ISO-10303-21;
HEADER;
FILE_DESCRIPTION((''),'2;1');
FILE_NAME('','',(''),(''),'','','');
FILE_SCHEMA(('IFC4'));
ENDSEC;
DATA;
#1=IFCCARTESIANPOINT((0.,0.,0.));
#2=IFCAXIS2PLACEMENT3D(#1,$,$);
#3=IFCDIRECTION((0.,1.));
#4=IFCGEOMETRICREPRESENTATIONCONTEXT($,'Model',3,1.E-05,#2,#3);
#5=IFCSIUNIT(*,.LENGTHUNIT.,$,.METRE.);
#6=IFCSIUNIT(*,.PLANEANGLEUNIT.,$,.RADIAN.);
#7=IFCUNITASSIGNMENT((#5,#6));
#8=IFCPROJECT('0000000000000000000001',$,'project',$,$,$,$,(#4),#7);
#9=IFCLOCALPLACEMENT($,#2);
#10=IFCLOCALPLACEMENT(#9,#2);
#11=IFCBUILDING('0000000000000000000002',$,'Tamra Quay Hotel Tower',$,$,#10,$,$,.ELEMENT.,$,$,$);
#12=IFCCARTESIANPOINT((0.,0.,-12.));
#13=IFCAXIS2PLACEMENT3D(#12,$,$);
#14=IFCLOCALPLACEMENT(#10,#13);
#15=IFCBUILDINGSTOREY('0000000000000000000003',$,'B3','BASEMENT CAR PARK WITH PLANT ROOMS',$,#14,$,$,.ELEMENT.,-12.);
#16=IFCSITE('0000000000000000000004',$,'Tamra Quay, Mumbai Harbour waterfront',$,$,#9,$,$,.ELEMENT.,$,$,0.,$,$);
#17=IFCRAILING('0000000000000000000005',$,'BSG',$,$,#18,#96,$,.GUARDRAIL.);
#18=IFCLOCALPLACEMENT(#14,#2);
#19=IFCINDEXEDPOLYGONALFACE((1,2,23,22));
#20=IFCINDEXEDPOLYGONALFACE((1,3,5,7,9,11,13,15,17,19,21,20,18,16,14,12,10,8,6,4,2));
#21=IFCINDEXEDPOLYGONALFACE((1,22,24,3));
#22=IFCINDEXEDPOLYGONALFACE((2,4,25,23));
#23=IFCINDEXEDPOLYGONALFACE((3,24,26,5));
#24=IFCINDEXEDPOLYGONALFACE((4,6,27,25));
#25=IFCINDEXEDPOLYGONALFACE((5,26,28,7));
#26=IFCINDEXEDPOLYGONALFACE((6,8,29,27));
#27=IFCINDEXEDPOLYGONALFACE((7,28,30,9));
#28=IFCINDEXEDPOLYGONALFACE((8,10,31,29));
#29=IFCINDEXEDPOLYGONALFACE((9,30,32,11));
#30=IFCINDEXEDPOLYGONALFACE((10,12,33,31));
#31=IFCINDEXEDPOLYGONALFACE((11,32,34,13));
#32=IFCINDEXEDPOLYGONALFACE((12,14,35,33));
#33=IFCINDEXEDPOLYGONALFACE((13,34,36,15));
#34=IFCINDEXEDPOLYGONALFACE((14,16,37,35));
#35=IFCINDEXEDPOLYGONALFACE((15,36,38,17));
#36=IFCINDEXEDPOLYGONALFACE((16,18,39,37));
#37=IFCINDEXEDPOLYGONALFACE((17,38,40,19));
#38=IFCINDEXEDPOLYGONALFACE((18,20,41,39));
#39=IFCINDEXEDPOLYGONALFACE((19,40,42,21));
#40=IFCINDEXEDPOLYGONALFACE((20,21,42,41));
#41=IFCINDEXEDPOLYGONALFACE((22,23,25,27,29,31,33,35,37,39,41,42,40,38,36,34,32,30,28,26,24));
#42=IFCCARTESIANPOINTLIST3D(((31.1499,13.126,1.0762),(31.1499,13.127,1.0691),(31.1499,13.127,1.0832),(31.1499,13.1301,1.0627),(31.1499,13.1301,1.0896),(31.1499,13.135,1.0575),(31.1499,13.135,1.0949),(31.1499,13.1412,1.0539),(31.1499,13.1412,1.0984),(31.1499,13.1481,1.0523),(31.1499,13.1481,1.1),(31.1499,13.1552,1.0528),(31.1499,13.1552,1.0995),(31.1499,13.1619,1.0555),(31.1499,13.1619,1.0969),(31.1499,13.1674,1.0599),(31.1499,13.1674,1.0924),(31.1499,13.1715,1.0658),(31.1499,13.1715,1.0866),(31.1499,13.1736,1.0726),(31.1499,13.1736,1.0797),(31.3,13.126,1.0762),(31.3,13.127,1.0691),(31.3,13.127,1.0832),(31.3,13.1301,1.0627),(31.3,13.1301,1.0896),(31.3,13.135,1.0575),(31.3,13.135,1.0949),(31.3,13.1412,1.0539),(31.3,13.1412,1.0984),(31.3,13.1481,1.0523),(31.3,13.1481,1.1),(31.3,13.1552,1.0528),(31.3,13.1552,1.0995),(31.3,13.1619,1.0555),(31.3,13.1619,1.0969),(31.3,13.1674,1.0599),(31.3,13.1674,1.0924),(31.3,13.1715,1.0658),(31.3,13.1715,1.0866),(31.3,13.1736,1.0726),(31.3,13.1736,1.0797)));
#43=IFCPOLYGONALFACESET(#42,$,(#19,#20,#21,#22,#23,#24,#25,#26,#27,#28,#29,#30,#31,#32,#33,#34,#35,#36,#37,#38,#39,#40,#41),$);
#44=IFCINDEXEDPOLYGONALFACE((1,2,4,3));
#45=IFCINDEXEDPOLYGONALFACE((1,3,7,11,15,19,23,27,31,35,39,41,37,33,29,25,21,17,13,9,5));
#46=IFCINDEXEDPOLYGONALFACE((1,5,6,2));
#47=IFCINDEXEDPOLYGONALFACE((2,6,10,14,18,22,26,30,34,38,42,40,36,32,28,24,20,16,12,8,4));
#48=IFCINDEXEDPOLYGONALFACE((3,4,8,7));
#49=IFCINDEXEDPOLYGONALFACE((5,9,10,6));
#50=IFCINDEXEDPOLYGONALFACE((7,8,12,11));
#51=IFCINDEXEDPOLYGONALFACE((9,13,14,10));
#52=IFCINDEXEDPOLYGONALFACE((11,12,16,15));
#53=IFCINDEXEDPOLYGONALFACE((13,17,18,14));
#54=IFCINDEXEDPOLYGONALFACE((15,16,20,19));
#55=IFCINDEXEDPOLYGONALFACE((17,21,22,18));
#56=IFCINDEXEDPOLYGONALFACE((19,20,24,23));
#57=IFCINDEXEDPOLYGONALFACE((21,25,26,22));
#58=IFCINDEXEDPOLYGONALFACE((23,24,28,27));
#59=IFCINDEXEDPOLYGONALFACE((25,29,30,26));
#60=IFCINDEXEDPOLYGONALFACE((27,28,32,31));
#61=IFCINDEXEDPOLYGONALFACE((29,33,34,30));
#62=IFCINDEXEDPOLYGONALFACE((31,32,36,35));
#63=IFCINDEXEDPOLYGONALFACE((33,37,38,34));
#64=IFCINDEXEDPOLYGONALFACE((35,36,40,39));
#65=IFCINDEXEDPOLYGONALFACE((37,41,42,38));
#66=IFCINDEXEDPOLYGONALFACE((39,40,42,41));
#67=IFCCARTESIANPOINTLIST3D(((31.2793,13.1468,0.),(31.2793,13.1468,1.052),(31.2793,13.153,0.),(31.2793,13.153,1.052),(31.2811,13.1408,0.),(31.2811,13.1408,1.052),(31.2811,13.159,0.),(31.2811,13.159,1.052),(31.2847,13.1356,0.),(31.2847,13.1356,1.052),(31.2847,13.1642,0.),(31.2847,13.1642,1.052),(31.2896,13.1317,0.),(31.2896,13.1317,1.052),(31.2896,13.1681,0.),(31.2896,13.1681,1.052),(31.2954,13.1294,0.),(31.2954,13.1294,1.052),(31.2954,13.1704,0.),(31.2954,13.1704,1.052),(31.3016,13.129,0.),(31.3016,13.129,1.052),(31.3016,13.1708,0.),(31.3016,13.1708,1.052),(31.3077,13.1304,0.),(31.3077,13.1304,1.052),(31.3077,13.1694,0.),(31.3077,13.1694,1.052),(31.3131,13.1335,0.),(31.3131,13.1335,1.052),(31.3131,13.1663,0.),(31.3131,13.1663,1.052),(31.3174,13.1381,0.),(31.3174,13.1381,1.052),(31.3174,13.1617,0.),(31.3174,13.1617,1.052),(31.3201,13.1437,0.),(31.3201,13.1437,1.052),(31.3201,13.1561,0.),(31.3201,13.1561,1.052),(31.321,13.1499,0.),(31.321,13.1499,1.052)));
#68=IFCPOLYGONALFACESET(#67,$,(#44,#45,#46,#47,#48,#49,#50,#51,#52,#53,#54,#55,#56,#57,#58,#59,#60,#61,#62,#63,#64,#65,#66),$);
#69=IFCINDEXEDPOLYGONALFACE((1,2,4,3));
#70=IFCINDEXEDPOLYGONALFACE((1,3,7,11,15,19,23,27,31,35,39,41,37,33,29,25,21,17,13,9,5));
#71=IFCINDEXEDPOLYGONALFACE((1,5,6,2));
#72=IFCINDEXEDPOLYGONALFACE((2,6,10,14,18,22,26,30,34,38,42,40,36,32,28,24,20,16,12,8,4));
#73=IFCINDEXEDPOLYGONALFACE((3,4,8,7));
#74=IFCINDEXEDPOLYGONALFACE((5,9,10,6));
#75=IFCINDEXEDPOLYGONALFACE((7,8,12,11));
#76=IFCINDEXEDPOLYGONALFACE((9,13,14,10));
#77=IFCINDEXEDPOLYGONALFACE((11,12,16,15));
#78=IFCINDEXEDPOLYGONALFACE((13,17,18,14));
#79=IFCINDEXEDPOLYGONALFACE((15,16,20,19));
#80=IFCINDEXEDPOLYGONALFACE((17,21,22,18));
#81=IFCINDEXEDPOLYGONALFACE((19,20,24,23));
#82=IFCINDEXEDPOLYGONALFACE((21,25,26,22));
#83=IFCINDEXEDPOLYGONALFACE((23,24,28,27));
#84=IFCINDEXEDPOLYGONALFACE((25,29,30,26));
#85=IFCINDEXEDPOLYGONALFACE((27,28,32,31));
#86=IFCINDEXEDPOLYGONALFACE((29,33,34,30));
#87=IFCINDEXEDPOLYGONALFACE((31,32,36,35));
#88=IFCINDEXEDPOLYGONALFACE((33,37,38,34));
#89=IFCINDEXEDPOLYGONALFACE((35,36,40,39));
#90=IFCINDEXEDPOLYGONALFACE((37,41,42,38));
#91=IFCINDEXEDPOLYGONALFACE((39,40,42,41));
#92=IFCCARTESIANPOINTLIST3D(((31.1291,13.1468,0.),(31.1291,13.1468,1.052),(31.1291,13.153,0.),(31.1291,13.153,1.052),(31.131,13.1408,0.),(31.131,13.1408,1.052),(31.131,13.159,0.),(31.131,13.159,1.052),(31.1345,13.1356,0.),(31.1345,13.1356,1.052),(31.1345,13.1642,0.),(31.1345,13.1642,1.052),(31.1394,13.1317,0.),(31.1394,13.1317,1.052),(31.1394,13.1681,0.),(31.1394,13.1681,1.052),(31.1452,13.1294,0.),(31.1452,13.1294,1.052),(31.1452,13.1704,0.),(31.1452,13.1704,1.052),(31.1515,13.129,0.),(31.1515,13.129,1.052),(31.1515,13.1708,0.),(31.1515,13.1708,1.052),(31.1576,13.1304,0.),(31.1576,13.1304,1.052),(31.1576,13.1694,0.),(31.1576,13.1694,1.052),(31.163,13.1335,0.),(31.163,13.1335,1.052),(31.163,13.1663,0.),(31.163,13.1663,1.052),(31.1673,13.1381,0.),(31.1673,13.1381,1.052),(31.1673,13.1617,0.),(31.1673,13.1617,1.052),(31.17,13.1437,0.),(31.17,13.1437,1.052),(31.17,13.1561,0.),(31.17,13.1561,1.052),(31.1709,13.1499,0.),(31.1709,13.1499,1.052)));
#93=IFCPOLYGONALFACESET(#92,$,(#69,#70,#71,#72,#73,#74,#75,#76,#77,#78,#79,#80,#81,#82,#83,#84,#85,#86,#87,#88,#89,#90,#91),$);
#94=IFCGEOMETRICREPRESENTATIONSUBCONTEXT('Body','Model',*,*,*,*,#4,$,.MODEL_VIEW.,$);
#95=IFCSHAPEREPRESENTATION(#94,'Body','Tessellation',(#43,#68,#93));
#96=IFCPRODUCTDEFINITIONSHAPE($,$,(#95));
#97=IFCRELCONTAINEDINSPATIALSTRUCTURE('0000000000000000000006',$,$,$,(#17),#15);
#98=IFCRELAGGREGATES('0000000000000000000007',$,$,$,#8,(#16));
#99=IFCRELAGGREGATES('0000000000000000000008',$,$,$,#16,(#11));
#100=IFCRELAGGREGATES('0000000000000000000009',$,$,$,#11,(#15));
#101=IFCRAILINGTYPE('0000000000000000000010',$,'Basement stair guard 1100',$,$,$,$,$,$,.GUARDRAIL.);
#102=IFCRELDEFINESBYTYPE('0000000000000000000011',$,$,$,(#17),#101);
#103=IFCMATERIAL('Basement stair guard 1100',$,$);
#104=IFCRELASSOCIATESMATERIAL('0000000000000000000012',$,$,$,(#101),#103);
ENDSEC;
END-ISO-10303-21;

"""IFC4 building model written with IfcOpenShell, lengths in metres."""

from ifc_helpers import new_model, si_unit, direction, frame, origin, origin_2d, place, context, subcontext, project, spatial, circle, extrude, material, type_object, element, save


model = new_model("IFC4")

# Units and contexts
model_context = context("Model", 3, precision=1e-05, world=origin(), true_north=direction((0.0, 1.0)))
body_context = subcontext(model_context, "Body", "Model", "MODEL_VIEW")
ifc_project = project(units=[si_unit("LENGTHUNIT", "METRE"), si_unit("PLANEANGLEUNIT", "RADIAN")], contexts=[model_context])

# Site, building, storey
site_placement = place(None, origin())
site = spatial("IfcSite", under=ifc_project, at=site_placement, Name="Tamra Quay, Mumbai Harbour waterfront", CompositionType="ELEMENT", RefElevation=0.0)
building_placement = place(site_placement, origin())
building = spatial("IfcBuilding", under=site, at=building_placement, Name="Tamra Quay Hotel Tower", CompositionType="ELEMENT")
storey_placement = place(building_placement, frame((0.0, 0.0, -12.0)))
storey = spatial("IfcBuildingStorey", under=building, at=storey_placement, Name="B3", Description="BASEMENT CAR PARK WITH PLANT ROOMS", CompositionType="ELEMENT", Elevation=-12.0)

# Railing
ifc_material_1 = material(Name="Basement stair guard 1100")
railing_type_1 = type_object("IfcRailingType", Name="Basement stair guard 1100", PredefinedType="GUARDRAIL", material=ifc_material_1)
railing_1_placement = place(storey_placement, frame((31.3, 13.1499, 0.0)))
element("IfcRailing", 1, at=railing_1_placement, inside=storey, type_object=railing_type_1, Name="BSG", PredefinedType="GUARDRAIL", context=body_context, shape_type="SweptSolid", body=[
    extrude(circle(Radius=0.0239, at=origin_2d()), frame((0.0, 0.0, 1.0762), z_axis=(-1.0, 0.0, 0.0), x_axis=(0.0, -1.0, 0.0)), (0.0, 0.0, 1.0), 0.1501),
    extrude(circle(Radius=0.021, at=origin_2d()), origin(), (0.0, 0.0, 1.0), 1.052),
    extrude(circle(Radius=0.021, at=origin_2d()), frame((-0.1501, 0.0, 0.0)), (0.0, 0.0, 1.0), 1.052),
])

save(model, "model.ifc")
